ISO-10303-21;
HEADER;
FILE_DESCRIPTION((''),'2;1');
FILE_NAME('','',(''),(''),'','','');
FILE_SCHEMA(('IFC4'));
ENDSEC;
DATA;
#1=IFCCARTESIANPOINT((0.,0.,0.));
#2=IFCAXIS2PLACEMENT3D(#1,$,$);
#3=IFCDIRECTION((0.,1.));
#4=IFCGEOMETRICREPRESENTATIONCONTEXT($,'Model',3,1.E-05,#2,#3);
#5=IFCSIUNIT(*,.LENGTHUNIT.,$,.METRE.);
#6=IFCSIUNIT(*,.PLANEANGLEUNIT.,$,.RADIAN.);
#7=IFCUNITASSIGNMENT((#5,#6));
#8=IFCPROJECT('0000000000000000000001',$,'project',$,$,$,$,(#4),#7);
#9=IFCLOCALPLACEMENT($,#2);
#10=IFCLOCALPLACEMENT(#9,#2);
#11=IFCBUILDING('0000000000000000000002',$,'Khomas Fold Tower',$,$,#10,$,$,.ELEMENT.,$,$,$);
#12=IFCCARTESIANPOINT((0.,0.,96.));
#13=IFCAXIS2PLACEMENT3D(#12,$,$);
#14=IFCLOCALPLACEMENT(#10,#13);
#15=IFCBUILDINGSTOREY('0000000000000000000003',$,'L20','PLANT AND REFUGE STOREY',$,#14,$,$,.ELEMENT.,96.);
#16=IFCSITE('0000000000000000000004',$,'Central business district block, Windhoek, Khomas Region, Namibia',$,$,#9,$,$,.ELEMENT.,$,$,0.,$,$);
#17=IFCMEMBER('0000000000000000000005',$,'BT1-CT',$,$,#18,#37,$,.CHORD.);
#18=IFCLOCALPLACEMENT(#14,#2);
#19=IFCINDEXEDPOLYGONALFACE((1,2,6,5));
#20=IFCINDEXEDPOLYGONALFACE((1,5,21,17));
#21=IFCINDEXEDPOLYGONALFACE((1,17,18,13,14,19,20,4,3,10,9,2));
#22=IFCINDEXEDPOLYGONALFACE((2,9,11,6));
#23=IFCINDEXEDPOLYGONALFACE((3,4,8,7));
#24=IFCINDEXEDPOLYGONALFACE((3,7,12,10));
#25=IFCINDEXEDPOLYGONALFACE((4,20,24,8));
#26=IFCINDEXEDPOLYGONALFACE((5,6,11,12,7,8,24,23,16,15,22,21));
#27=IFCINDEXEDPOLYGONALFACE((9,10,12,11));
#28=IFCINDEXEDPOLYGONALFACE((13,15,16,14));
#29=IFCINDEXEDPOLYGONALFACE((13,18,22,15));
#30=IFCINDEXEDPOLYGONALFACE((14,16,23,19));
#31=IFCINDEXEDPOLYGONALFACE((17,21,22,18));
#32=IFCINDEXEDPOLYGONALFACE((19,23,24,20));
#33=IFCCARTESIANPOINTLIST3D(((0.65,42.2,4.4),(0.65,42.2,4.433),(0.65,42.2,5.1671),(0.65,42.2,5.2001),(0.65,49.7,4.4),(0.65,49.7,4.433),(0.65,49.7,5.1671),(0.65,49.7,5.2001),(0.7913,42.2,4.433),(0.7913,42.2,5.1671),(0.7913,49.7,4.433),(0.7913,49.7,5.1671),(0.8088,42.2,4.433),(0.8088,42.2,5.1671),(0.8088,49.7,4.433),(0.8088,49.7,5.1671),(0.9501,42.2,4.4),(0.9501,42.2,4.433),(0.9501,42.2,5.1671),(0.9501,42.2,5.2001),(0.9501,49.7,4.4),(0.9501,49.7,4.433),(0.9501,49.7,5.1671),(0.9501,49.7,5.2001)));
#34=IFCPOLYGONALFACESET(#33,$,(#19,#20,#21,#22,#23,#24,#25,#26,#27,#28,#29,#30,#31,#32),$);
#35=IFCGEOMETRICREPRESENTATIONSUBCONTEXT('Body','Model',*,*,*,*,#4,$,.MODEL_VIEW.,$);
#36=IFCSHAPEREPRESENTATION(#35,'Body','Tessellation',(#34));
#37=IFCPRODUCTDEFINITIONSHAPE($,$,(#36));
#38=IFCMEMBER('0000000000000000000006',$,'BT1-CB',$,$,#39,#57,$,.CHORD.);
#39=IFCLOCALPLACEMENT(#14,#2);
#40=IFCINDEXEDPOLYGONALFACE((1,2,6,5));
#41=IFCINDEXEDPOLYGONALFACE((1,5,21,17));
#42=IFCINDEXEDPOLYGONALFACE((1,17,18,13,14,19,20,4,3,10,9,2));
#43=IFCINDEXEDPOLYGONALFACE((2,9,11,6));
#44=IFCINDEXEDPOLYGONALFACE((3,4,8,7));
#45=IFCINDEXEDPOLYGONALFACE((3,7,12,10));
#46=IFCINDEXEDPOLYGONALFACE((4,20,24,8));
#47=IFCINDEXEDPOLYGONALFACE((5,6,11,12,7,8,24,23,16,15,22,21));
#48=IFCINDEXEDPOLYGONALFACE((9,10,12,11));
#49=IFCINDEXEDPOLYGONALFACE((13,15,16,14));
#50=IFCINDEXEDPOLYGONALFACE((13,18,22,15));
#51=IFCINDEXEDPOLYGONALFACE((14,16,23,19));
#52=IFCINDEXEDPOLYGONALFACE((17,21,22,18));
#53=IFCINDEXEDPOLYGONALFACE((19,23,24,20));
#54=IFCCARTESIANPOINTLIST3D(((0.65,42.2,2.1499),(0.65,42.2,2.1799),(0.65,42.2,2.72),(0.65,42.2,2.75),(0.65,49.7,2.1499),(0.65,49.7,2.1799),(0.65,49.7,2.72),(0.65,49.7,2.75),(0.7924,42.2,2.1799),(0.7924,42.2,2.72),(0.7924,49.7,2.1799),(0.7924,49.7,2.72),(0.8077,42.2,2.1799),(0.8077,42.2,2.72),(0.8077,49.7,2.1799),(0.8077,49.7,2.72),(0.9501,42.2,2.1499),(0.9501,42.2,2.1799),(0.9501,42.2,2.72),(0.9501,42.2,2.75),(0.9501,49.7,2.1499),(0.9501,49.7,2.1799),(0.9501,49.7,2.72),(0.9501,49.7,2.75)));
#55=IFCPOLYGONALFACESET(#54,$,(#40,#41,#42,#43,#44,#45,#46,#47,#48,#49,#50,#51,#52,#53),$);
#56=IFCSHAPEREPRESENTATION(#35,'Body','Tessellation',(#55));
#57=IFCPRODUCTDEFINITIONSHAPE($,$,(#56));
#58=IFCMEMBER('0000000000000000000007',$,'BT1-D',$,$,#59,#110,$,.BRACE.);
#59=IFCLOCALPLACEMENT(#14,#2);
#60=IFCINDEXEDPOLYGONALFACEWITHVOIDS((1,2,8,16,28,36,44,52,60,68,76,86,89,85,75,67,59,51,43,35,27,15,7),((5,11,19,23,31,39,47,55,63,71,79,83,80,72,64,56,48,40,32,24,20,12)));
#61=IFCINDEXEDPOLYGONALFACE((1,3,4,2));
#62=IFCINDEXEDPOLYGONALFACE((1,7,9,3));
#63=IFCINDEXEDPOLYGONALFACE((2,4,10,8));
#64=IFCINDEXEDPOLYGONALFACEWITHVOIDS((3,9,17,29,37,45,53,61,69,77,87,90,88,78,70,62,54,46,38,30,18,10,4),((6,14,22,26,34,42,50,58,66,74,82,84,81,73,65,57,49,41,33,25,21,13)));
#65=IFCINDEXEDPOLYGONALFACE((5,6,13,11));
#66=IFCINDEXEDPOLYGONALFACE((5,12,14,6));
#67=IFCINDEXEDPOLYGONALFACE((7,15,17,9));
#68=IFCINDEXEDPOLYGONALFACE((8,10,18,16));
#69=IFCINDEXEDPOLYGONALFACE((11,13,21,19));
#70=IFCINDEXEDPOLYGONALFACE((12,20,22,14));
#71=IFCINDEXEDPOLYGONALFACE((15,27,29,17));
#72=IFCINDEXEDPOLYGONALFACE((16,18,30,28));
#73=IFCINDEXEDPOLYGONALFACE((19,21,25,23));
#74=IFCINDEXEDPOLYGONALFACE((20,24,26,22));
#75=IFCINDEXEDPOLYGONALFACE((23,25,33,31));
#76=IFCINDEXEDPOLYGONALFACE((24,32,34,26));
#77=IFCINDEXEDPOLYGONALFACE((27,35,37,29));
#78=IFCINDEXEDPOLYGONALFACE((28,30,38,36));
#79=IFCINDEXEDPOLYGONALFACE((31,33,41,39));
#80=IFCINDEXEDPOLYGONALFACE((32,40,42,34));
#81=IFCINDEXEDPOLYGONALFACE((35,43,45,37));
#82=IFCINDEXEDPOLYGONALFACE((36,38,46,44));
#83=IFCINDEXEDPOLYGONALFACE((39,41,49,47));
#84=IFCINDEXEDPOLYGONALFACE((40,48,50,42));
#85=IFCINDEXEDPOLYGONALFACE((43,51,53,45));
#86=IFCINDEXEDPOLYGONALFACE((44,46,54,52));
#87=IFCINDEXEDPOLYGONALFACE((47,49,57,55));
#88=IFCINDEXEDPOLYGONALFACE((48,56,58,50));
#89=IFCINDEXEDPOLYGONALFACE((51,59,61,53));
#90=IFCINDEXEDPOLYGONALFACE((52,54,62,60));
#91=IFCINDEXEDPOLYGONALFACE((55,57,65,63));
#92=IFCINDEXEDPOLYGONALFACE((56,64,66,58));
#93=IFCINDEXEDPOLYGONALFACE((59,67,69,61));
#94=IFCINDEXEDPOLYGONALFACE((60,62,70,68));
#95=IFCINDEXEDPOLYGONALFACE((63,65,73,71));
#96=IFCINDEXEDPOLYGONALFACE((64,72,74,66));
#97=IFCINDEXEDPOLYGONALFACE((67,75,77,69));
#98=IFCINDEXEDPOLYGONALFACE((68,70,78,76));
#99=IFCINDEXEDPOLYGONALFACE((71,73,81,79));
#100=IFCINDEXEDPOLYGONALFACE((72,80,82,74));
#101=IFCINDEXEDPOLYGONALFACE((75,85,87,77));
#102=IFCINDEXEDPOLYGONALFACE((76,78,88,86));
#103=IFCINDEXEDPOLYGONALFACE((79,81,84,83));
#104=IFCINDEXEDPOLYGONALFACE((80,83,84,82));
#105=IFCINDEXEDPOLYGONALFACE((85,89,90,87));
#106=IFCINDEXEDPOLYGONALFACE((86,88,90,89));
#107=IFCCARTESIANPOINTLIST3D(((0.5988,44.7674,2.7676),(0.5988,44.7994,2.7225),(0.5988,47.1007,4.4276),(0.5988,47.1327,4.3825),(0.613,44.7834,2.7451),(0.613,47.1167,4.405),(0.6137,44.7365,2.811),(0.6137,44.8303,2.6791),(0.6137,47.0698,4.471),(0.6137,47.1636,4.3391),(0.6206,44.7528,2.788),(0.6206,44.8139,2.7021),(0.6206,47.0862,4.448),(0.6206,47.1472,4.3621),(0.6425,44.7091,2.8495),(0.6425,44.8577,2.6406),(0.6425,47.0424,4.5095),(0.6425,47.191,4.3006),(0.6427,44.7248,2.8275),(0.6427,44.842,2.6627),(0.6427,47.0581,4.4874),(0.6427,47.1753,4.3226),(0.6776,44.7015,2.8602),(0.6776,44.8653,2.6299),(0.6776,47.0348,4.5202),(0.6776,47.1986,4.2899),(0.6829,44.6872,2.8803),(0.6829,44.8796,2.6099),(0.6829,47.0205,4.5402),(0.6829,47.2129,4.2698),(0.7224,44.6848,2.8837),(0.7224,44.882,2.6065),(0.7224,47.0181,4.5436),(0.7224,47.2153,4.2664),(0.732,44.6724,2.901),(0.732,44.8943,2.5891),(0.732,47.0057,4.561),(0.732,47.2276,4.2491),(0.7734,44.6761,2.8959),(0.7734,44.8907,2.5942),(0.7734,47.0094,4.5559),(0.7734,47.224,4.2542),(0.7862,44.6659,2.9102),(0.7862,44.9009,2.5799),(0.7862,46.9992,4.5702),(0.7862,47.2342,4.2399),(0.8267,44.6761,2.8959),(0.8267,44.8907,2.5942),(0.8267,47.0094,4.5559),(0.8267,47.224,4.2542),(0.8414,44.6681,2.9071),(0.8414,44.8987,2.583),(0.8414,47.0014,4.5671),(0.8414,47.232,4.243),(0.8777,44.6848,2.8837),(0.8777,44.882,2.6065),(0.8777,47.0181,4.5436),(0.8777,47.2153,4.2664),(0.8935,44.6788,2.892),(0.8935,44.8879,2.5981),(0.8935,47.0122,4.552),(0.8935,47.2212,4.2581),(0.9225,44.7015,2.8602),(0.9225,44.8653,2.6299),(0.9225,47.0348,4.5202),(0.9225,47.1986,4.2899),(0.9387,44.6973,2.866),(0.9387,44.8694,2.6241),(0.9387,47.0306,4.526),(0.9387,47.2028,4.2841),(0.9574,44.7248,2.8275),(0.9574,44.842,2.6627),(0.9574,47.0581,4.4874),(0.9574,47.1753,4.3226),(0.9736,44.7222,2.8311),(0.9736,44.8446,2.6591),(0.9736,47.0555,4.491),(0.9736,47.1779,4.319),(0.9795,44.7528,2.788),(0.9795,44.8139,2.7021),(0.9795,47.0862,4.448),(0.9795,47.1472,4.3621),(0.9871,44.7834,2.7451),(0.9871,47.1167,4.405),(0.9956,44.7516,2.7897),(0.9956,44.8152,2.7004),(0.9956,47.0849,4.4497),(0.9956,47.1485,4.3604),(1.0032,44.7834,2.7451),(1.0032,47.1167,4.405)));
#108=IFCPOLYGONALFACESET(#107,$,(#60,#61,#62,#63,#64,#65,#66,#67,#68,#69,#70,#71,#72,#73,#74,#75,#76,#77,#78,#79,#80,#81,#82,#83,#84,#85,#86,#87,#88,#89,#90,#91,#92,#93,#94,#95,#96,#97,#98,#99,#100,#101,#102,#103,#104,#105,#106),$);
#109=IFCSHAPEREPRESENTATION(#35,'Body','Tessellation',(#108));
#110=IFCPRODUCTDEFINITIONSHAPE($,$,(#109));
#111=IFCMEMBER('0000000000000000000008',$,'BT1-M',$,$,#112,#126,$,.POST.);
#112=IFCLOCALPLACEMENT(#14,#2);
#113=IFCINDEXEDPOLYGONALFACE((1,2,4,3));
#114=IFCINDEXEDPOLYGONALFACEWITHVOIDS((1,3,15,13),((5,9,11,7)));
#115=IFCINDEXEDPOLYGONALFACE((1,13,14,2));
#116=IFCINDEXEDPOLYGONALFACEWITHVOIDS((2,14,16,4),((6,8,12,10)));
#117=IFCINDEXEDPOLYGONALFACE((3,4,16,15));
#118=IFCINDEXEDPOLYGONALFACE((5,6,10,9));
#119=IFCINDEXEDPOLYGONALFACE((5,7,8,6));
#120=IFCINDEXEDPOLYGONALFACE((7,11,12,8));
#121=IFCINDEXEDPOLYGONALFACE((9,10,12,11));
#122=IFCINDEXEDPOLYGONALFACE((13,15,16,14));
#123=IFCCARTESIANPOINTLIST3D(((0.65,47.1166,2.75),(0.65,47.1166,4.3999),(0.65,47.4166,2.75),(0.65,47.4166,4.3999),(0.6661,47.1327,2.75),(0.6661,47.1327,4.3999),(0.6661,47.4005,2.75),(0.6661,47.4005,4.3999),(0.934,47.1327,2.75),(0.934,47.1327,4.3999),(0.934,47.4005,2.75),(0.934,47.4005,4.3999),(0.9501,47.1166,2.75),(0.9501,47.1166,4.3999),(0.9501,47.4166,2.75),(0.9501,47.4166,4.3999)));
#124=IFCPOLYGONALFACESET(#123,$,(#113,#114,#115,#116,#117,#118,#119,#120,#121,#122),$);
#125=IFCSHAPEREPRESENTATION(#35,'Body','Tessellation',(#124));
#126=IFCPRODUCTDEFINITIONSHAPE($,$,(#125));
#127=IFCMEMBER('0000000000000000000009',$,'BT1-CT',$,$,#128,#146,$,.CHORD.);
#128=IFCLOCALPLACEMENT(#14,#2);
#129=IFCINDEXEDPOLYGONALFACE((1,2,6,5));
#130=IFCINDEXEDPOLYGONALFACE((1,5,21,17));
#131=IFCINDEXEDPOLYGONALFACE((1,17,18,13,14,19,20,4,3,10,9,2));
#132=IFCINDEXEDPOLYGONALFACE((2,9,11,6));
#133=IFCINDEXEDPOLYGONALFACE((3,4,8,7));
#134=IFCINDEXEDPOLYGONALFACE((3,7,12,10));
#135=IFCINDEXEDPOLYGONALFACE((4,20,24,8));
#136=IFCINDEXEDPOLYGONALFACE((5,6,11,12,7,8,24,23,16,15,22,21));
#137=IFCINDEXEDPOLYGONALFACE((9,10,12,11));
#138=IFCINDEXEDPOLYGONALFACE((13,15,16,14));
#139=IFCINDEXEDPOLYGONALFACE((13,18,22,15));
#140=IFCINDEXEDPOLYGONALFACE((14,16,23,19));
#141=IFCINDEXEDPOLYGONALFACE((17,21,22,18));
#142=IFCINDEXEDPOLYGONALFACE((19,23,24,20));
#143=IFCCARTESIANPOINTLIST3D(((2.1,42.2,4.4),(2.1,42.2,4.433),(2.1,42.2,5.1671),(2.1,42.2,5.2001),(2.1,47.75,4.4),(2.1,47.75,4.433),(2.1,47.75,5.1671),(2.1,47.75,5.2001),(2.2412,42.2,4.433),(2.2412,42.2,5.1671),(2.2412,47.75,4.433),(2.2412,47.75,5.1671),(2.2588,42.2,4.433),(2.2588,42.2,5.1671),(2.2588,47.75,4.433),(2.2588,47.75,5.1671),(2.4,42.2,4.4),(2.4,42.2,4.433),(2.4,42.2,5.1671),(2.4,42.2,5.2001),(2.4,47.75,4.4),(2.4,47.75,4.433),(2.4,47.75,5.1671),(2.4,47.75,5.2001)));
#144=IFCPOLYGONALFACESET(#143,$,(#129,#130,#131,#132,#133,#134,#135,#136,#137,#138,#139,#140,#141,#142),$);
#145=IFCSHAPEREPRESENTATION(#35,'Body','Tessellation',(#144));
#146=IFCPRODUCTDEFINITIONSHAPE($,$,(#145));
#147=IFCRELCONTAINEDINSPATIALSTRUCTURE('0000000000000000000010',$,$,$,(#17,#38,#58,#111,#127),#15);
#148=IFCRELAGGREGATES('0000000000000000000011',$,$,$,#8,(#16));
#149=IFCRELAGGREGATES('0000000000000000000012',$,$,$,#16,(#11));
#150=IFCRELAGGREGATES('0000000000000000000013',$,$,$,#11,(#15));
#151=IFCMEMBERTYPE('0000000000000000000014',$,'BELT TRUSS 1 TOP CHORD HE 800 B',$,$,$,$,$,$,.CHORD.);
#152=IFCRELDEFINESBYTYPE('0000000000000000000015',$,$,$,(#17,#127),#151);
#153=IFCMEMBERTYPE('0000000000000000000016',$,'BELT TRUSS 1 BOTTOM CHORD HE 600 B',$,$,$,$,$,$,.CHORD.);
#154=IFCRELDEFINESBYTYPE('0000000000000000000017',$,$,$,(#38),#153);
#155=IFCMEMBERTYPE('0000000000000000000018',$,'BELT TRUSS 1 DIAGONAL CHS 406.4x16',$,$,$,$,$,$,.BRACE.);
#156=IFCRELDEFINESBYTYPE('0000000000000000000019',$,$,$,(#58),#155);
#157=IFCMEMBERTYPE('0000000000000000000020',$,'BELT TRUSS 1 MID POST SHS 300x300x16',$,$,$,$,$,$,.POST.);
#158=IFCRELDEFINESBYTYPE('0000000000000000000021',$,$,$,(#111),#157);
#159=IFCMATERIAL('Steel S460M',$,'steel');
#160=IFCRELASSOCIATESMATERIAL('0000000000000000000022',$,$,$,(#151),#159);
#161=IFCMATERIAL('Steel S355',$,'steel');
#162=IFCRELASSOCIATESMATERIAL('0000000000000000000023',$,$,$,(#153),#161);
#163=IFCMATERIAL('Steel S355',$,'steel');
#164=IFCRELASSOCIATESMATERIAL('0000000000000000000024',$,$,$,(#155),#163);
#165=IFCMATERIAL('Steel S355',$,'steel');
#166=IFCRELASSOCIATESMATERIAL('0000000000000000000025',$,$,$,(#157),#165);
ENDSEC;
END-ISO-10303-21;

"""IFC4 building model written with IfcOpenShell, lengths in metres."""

from ifc_helpers import new_model, si_unit, direction, frame, origin, origin_2d, place, context, subcontext, project, spatial, hollow_rectangle, hollow_circle, i_section, extrude, source, transform, mapped, material, material_profile, profile_set, type_object, element, save


model = new_model("IFC4")

# Units and contexts
model_context = context("Model", 3, precision=1e-05, world=origin(), true_north=direction((0.0, 1.0)))
body_context = subcontext(model_context, "Body", "Model", "MODEL_VIEW")
ifc_project = project(units=[si_unit("LENGTHUNIT", "METRE"), si_unit("PLANEANGLEUNIT", "RADIAN")], contexts=[model_context])

# Site, building, storey
site_placement = place(None, origin())
site = spatial("IfcSite", under=ifc_project, at=site_placement, Name="Central business district block, Windhoek, Khomas Region, Namibia", CompositionType="ELEMENT", RefElevation=0.0)
building_placement = place(site_placement, origin())
building = spatial("IfcBuilding", under=site, at=building_placement, Name="Khomas Fold Tower", CompositionType="ELEMENT")
storey_placement = place(building_placement, frame((0.0, 0.0, 96.0)))
storey = spatial("IfcBuildingStorey", under=building, at=storey_placement, Name="L20", Description="PLANT AND REFUGE STOREY", CompositionType="ELEMENT", Elevation=96.0)

# Members
ifc_material_1 = material(Name="Steel S460M", Category="steel")
ifc_material_profile_1 = material_profile(ifc_material_1, i_section(OverallWidth=0.3, OverallDepth=0.8, WebThickness=0.0176, FlangeThickness=0.033, at=origin_2d()), Name="HE 800 B")
ifc_profile_set_1 = profile_set([ifc_material_profile_1], Name="Steel S460M")
member_type_1 = type_object("IfcMemberType", Name="BELT TRUSS 1 TOP CHORD HE 800 B", PredefinedType="CHORD", material=ifc_profile_set_1)
shared_shape_1 = source(origin(), body_context, "Body", "SweptSolid", [
    extrude(i_section(OverallWidth=0.3, OverallDepth=0.8, WebThickness=0.0176, FlangeThickness=0.033, at=origin_2d()), origin(), (0.0, 0.0, 1.0), 7.5),
])
member_1_placement = place(storey_placement, frame((0.8, 49.7, 4.8), z_axis=(0.0, -1.0, 0.0), x_axis=(1.0, 0.0, 0.0)))
element("IfcMember", 1, at=member_1_placement, inside=storey, type_object=member_type_1, Name="BT1-CT", PredefinedType="CHORD", context=body_context, shape_type="MappedRepresentation", body=[
    mapped(shared_shape_1, transform((0.0, 0.0, 0.0))),
])
ifc_material_2 = material(Name="Steel S355", Category="steel")
ifc_material_profile_2 = material_profile(ifc_material_2, i_section(OverallWidth=0.3, OverallDepth=0.6001, WebThickness=0.0154, FlangeThickness=0.03, at=origin_2d()), Name="HE 600 B")
ifc_profile_set_2 = profile_set([ifc_material_profile_2], Name="Steel S355")
member_type_2 = type_object("IfcMemberType", Name="BELT TRUSS 1 BOTTOM CHORD HE 600 B", PredefinedType="CHORD", material=ifc_profile_set_2)
shared_shape_2 = source(origin(), body_context, "Body", "SweptSolid", [
    extrude(i_section(OverallWidth=0.3, OverallDepth=0.6001, WebThickness=0.0154, FlangeThickness=0.03, at=origin_2d()), origin(), (0.0, 0.0, 1.0), 7.5),
])
member_2_placement = place(storey_placement, frame((0.8, 49.7, 2.45), z_axis=(0.0, -1.0, 0.0), x_axis=(1.0, 0.0, 0.0)))
element("IfcMember", 2, at=member_2_placement, inside=storey, type_object=member_type_2, Name="BT1-CB", PredefinedType="CHORD", context=body_context, shape_type="MappedRepresentation", body=[
    mapped(shared_shape_2, transform((0.0, 0.0, 0.0))),
])
ifc_material_3 = material(Name="Steel S355", Category="steel")
ifc_material_profile_3 = material_profile(ifc_material_3, hollow_circle(Radius=0.2031, WallThickness=0.0161, at=origin_2d()), Name="CHS 406.4x16")
ifc_profile_set_3 = profile_set([ifc_material_profile_3], Name="Steel S355")
member_type_3 = type_object("IfcMemberType", Name="BELT TRUSS 1 DIAGONAL CHS 406.4x16", PredefinedType="BRACE", material=ifc_profile_set_3)
shared_shape_3 = source(origin(), body_context, "Body", "SweptSolid", [
    extrude(hollow_circle(Radius=0.2031, WallThickness=0.0161, at=origin_2d()), origin(), (0.0, 0.0, 1.0), 2.8635),
])
member_3_placement = place(storey_placement, frame((0.8, 47.1167, 4.405), z_axis=(0.0, -0.814838, -0.579689), x_axis=(1.0, 0.0, 0.0)))
element("IfcMember", 3, at=member_3_placement, inside=storey, type_object=member_type_3, Name="BT1-D", PredefinedType="BRACE", context=body_context, shape_type="MappedRepresentation", body=[
    mapped(shared_shape_3, transform((0.0, 0.0, 0.0))),
])
ifc_material_4 = material(Name="Steel S355", Category="steel")
ifc_material_profile_4 = material_profile(ifc_material_4, hollow_rectangle(XDim=0.3, YDim=0.3, WallThickness=0.0161, at=origin_2d()), Name="SHS 300x300x16")
ifc_profile_set_4 = profile_set([ifc_material_profile_4], Name="Steel S355")
member_type_4 = type_object("IfcMemberType", Name="BELT TRUSS 1 MID POST SHS 300x300x16", PredefinedType="POST", material=ifc_profile_set_4)
shared_shape_4 = source(origin(), body_context, "Body", "SweptSolid", [
    extrude(hollow_rectangle(XDim=0.3, YDim=0.3, WallThickness=0.0161, at=origin_2d()), origin(), (0.0, 0.0, 1.0), 1.6499),
])
member_4_placement = place(storey_placement, frame((0.8, 47.2666, 2.75), z_axis=(0.0, 0.0, 1.0), x_axis=(1.0, 0.0, 0.0)))
element("IfcMember", 4, at=member_4_placement, inside=storey, type_object=member_type_4, Name="BT1-M", PredefinedType="POST", context=body_context, shape_type="MappedRepresentation", body=[
    mapped(shared_shape_4, transform((0.0, 0.0, 0.0))),
])
shared_shape_5 = source(origin(), body_context, "Body", "SweptSolid", [
    extrude(i_section(OverallWidth=0.3, OverallDepth=0.8, WebThickness=0.0176, FlangeThickness=0.033, at=origin_2d()), origin(), (0.0, 0.0, 1.0), 5.55),
])
member_5_placement = place(storey_placement, frame((2.25, 47.75, 4.8), z_axis=(0.0, -1.0, 0.0), x_axis=(1.0, 0.0, 0.0)))
element("IfcMember", 5, at=member_5_placement, inside=storey, type_object=member_type_1, Name="BT1-CT", PredefinedType="CHORD", context=body_context, shape_type="MappedRepresentation", body=[
    mapped(shared_shape_5, transform((0.0, 0.0, 0.0))),
])

save(model, "model.ifc")
